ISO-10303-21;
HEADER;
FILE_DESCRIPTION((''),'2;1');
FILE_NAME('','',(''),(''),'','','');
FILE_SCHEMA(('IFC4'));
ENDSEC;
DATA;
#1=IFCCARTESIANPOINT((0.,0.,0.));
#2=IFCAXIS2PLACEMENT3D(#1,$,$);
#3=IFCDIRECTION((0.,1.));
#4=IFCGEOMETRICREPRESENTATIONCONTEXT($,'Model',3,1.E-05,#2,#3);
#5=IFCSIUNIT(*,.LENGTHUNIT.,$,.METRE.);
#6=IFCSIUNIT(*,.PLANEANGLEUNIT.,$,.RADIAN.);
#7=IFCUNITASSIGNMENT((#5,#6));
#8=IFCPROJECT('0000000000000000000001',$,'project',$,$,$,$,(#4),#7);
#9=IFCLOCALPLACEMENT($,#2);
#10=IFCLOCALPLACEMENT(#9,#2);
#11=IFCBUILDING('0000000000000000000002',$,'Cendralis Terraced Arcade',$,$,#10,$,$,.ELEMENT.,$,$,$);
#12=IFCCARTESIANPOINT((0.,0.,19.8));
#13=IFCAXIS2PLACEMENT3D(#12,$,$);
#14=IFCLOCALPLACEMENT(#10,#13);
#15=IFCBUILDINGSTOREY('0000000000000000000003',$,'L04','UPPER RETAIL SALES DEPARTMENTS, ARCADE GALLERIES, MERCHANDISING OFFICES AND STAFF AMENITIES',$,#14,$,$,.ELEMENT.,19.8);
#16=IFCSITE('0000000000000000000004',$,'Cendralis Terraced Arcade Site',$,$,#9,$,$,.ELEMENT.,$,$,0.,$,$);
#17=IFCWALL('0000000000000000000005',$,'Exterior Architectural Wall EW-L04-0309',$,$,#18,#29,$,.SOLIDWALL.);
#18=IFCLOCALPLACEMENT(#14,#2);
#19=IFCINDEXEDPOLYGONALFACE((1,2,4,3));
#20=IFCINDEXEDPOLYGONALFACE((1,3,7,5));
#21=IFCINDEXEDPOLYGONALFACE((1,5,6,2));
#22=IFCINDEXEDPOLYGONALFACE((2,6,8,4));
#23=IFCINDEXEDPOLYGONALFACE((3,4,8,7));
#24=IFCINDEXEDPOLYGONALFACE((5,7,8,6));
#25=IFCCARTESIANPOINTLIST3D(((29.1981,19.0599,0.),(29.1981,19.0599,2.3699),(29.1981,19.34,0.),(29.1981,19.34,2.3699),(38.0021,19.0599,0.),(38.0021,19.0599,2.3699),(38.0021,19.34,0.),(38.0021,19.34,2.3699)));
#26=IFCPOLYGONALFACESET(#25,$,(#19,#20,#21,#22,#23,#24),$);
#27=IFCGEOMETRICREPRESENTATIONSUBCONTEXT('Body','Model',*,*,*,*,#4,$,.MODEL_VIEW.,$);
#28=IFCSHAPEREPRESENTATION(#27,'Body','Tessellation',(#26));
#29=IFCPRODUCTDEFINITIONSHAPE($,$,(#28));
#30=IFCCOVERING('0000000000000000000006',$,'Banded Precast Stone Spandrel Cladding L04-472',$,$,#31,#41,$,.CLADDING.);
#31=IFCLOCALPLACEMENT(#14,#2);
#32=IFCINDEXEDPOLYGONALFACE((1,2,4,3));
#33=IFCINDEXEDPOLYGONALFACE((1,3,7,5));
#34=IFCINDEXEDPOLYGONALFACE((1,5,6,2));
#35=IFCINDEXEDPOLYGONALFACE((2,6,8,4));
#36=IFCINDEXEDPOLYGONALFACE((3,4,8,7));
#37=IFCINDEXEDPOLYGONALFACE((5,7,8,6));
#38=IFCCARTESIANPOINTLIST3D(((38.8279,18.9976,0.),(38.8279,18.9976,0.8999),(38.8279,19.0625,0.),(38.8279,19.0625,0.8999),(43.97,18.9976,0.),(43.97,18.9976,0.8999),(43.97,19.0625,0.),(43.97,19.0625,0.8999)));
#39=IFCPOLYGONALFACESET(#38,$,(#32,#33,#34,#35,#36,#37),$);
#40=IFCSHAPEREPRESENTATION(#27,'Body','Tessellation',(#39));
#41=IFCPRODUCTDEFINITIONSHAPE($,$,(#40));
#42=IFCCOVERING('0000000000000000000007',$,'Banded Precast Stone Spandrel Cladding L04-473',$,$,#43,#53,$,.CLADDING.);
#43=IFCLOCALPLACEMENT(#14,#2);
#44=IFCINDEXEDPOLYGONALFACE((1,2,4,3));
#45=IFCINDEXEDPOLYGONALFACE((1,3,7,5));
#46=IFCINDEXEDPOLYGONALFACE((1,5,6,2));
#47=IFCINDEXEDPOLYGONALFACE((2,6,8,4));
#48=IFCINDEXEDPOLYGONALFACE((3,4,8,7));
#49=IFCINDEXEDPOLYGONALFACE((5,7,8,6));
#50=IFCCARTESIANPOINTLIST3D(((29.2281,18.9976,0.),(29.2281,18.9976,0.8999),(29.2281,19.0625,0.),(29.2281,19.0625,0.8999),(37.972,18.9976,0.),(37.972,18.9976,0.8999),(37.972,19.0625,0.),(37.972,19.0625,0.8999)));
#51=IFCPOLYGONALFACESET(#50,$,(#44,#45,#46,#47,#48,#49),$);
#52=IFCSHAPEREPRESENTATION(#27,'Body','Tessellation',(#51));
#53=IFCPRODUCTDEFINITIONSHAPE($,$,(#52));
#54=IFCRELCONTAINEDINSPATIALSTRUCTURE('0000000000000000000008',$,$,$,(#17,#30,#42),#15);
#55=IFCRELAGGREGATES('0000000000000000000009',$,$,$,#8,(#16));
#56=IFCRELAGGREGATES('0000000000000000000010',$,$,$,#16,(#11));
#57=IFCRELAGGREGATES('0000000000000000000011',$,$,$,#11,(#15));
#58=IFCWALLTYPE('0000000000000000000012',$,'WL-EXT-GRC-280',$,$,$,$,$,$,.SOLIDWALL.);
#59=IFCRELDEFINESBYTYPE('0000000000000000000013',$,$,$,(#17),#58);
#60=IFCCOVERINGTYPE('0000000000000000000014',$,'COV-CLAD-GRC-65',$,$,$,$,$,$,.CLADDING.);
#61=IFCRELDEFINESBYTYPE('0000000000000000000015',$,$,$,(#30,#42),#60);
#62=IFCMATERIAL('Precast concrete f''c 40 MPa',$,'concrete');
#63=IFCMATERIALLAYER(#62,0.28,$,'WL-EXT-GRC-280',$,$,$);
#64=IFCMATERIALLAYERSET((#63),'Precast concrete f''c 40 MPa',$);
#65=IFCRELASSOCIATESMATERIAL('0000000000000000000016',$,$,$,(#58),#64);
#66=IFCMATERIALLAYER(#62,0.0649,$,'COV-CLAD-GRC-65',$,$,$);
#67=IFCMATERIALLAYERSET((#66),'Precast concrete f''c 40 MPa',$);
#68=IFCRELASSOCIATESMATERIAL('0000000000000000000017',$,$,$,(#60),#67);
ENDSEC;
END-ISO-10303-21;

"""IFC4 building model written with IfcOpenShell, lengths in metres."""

from ifc_helpers import new_model, si_unit, direction, frame, frame_2d, origin, origin_2d, place, context, subcontext, project, spatial, rectangle, extrude, material, layer, layer_set, type_object, element, save


model = new_model("IFC4")

# Units and contexts
model_context = context("Model", 3, precision=1e-05, world=origin(), true_north=direction((0.0, 1.0)))
body_context = subcontext(model_context, "Body", "Model", "MODEL_VIEW")
ifc_project = project(units=[si_unit("LENGTHUNIT", "METRE"), si_unit("PLANEANGLEUNIT", "RADIAN")], contexts=[model_context])

# Site, building, storey
site_placement = place(None, origin())
site = spatial("IfcSite", under=ifc_project, at=site_placement, Name="Cendralis Terraced Arcade Site", CompositionType="ELEMENT", RefElevation=0.0)
building_placement = place(site_placement, origin())
building = spatial("IfcBuilding", under=site, at=building_placement, Name="Cendralis Terraced Arcade", CompositionType="ELEMENT")
storey_placement = place(building_placement, frame((0.0, 0.0, 19.8)))
storey = spatial("IfcBuildingStorey", under=building, at=storey_placement, Name="L04", Description="UPPER RETAIL SALES DEPARTMENTS, ARCADE GALLERIES, MERCHANDISING OFFICES AND STAFF AMENITIES", CompositionType="ELEMENT", Elevation=19.8)

# Wall
ifc_material_1 = material(Name="Precast concrete f'c 40 MPa", Category="concrete")
ifc_layer_1 = layer(ifc_material_1, 0.28, Name="WL-EXT-GRC-280")
ifc_layer_set_1 = layer_set([ifc_layer_1], Name="Precast concrete f'c 40 MPa")
wall_type = type_object("IfcWallType", Name="WL-EXT-GRC-280", PredefinedType="SOLIDWALL", material=ifc_layer_set_1)
wall_1_placement = place(storey_placement, frame((38.002, 19.2, 0.0), z_axis=(0.0, 0.0, 1.0), x_axis=(-1.0, 0.0, 0.0)))
element("IfcWall", 1, at=wall_1_placement, inside=storey, type_object=wall_type, Name="Exterior Architectural Wall EW-L04-0309", PredefinedType="SOLIDWALL", context=body_context, shape_type="SweptSolid", body=[
    extrude(rectangle(XDim=8.804, YDim=0.28, at=frame_2d((4.4019, 0.0))), origin(), (0.0, 0.0, 1.0), 2.3699),
])

# Coverings
ifc_layer_2 = layer(ifc_material_1, 0.0649, Name="COV-CLAD-GRC-65")
ifc_layer_set_2 = layer_set([ifc_layer_2], Name="Precast concrete f'c 40 MPa")
covering_type = type_object("IfcCoveringType", Name="COV-CLAD-GRC-65", PredefinedType="CLADDING", material=ifc_layer_set_2)
covering_1_placement = place(storey_placement, frame((41.3989, 19.03, 0.0), z_axis=(0.0, 0.0, 1.0), x_axis=(-1.0, 0.0, 0.0)))
element("IfcCovering", 2, at=covering_1_placement, inside=storey, type_object=covering_type, Name="Banded Precast Stone Spandrel Cladding L04-472", PredefinedType="CLADDING", context=body_context, shape_type="SweptSolid", body=[
    extrude(rectangle(XDim=5.1421, YDim=0.0649, at=origin_2d()), origin(), (0.0, 0.0, 1.0), 0.8999),
])
covering_2_placement = place(storey_placement, frame((33.6001, 19.03, 0.0), z_axis=(0.0, 0.0, 1.0), x_axis=(-1.0, 0.0, 0.0)))
element("IfcCovering", 3, at=covering_2_placement, inside=storey, type_object=covering_type, Name="Banded Precast Stone Spandrel Cladding L04-473", PredefinedType="CLADDING", context=body_context, shape_type="SweptSolid", body=[
    extrude(rectangle(XDim=8.7439, YDim=0.0649, at=origin_2d()), origin(), (0.0, 0.0, 1.0), 0.8999),
])

save(model, "model.ifc")
